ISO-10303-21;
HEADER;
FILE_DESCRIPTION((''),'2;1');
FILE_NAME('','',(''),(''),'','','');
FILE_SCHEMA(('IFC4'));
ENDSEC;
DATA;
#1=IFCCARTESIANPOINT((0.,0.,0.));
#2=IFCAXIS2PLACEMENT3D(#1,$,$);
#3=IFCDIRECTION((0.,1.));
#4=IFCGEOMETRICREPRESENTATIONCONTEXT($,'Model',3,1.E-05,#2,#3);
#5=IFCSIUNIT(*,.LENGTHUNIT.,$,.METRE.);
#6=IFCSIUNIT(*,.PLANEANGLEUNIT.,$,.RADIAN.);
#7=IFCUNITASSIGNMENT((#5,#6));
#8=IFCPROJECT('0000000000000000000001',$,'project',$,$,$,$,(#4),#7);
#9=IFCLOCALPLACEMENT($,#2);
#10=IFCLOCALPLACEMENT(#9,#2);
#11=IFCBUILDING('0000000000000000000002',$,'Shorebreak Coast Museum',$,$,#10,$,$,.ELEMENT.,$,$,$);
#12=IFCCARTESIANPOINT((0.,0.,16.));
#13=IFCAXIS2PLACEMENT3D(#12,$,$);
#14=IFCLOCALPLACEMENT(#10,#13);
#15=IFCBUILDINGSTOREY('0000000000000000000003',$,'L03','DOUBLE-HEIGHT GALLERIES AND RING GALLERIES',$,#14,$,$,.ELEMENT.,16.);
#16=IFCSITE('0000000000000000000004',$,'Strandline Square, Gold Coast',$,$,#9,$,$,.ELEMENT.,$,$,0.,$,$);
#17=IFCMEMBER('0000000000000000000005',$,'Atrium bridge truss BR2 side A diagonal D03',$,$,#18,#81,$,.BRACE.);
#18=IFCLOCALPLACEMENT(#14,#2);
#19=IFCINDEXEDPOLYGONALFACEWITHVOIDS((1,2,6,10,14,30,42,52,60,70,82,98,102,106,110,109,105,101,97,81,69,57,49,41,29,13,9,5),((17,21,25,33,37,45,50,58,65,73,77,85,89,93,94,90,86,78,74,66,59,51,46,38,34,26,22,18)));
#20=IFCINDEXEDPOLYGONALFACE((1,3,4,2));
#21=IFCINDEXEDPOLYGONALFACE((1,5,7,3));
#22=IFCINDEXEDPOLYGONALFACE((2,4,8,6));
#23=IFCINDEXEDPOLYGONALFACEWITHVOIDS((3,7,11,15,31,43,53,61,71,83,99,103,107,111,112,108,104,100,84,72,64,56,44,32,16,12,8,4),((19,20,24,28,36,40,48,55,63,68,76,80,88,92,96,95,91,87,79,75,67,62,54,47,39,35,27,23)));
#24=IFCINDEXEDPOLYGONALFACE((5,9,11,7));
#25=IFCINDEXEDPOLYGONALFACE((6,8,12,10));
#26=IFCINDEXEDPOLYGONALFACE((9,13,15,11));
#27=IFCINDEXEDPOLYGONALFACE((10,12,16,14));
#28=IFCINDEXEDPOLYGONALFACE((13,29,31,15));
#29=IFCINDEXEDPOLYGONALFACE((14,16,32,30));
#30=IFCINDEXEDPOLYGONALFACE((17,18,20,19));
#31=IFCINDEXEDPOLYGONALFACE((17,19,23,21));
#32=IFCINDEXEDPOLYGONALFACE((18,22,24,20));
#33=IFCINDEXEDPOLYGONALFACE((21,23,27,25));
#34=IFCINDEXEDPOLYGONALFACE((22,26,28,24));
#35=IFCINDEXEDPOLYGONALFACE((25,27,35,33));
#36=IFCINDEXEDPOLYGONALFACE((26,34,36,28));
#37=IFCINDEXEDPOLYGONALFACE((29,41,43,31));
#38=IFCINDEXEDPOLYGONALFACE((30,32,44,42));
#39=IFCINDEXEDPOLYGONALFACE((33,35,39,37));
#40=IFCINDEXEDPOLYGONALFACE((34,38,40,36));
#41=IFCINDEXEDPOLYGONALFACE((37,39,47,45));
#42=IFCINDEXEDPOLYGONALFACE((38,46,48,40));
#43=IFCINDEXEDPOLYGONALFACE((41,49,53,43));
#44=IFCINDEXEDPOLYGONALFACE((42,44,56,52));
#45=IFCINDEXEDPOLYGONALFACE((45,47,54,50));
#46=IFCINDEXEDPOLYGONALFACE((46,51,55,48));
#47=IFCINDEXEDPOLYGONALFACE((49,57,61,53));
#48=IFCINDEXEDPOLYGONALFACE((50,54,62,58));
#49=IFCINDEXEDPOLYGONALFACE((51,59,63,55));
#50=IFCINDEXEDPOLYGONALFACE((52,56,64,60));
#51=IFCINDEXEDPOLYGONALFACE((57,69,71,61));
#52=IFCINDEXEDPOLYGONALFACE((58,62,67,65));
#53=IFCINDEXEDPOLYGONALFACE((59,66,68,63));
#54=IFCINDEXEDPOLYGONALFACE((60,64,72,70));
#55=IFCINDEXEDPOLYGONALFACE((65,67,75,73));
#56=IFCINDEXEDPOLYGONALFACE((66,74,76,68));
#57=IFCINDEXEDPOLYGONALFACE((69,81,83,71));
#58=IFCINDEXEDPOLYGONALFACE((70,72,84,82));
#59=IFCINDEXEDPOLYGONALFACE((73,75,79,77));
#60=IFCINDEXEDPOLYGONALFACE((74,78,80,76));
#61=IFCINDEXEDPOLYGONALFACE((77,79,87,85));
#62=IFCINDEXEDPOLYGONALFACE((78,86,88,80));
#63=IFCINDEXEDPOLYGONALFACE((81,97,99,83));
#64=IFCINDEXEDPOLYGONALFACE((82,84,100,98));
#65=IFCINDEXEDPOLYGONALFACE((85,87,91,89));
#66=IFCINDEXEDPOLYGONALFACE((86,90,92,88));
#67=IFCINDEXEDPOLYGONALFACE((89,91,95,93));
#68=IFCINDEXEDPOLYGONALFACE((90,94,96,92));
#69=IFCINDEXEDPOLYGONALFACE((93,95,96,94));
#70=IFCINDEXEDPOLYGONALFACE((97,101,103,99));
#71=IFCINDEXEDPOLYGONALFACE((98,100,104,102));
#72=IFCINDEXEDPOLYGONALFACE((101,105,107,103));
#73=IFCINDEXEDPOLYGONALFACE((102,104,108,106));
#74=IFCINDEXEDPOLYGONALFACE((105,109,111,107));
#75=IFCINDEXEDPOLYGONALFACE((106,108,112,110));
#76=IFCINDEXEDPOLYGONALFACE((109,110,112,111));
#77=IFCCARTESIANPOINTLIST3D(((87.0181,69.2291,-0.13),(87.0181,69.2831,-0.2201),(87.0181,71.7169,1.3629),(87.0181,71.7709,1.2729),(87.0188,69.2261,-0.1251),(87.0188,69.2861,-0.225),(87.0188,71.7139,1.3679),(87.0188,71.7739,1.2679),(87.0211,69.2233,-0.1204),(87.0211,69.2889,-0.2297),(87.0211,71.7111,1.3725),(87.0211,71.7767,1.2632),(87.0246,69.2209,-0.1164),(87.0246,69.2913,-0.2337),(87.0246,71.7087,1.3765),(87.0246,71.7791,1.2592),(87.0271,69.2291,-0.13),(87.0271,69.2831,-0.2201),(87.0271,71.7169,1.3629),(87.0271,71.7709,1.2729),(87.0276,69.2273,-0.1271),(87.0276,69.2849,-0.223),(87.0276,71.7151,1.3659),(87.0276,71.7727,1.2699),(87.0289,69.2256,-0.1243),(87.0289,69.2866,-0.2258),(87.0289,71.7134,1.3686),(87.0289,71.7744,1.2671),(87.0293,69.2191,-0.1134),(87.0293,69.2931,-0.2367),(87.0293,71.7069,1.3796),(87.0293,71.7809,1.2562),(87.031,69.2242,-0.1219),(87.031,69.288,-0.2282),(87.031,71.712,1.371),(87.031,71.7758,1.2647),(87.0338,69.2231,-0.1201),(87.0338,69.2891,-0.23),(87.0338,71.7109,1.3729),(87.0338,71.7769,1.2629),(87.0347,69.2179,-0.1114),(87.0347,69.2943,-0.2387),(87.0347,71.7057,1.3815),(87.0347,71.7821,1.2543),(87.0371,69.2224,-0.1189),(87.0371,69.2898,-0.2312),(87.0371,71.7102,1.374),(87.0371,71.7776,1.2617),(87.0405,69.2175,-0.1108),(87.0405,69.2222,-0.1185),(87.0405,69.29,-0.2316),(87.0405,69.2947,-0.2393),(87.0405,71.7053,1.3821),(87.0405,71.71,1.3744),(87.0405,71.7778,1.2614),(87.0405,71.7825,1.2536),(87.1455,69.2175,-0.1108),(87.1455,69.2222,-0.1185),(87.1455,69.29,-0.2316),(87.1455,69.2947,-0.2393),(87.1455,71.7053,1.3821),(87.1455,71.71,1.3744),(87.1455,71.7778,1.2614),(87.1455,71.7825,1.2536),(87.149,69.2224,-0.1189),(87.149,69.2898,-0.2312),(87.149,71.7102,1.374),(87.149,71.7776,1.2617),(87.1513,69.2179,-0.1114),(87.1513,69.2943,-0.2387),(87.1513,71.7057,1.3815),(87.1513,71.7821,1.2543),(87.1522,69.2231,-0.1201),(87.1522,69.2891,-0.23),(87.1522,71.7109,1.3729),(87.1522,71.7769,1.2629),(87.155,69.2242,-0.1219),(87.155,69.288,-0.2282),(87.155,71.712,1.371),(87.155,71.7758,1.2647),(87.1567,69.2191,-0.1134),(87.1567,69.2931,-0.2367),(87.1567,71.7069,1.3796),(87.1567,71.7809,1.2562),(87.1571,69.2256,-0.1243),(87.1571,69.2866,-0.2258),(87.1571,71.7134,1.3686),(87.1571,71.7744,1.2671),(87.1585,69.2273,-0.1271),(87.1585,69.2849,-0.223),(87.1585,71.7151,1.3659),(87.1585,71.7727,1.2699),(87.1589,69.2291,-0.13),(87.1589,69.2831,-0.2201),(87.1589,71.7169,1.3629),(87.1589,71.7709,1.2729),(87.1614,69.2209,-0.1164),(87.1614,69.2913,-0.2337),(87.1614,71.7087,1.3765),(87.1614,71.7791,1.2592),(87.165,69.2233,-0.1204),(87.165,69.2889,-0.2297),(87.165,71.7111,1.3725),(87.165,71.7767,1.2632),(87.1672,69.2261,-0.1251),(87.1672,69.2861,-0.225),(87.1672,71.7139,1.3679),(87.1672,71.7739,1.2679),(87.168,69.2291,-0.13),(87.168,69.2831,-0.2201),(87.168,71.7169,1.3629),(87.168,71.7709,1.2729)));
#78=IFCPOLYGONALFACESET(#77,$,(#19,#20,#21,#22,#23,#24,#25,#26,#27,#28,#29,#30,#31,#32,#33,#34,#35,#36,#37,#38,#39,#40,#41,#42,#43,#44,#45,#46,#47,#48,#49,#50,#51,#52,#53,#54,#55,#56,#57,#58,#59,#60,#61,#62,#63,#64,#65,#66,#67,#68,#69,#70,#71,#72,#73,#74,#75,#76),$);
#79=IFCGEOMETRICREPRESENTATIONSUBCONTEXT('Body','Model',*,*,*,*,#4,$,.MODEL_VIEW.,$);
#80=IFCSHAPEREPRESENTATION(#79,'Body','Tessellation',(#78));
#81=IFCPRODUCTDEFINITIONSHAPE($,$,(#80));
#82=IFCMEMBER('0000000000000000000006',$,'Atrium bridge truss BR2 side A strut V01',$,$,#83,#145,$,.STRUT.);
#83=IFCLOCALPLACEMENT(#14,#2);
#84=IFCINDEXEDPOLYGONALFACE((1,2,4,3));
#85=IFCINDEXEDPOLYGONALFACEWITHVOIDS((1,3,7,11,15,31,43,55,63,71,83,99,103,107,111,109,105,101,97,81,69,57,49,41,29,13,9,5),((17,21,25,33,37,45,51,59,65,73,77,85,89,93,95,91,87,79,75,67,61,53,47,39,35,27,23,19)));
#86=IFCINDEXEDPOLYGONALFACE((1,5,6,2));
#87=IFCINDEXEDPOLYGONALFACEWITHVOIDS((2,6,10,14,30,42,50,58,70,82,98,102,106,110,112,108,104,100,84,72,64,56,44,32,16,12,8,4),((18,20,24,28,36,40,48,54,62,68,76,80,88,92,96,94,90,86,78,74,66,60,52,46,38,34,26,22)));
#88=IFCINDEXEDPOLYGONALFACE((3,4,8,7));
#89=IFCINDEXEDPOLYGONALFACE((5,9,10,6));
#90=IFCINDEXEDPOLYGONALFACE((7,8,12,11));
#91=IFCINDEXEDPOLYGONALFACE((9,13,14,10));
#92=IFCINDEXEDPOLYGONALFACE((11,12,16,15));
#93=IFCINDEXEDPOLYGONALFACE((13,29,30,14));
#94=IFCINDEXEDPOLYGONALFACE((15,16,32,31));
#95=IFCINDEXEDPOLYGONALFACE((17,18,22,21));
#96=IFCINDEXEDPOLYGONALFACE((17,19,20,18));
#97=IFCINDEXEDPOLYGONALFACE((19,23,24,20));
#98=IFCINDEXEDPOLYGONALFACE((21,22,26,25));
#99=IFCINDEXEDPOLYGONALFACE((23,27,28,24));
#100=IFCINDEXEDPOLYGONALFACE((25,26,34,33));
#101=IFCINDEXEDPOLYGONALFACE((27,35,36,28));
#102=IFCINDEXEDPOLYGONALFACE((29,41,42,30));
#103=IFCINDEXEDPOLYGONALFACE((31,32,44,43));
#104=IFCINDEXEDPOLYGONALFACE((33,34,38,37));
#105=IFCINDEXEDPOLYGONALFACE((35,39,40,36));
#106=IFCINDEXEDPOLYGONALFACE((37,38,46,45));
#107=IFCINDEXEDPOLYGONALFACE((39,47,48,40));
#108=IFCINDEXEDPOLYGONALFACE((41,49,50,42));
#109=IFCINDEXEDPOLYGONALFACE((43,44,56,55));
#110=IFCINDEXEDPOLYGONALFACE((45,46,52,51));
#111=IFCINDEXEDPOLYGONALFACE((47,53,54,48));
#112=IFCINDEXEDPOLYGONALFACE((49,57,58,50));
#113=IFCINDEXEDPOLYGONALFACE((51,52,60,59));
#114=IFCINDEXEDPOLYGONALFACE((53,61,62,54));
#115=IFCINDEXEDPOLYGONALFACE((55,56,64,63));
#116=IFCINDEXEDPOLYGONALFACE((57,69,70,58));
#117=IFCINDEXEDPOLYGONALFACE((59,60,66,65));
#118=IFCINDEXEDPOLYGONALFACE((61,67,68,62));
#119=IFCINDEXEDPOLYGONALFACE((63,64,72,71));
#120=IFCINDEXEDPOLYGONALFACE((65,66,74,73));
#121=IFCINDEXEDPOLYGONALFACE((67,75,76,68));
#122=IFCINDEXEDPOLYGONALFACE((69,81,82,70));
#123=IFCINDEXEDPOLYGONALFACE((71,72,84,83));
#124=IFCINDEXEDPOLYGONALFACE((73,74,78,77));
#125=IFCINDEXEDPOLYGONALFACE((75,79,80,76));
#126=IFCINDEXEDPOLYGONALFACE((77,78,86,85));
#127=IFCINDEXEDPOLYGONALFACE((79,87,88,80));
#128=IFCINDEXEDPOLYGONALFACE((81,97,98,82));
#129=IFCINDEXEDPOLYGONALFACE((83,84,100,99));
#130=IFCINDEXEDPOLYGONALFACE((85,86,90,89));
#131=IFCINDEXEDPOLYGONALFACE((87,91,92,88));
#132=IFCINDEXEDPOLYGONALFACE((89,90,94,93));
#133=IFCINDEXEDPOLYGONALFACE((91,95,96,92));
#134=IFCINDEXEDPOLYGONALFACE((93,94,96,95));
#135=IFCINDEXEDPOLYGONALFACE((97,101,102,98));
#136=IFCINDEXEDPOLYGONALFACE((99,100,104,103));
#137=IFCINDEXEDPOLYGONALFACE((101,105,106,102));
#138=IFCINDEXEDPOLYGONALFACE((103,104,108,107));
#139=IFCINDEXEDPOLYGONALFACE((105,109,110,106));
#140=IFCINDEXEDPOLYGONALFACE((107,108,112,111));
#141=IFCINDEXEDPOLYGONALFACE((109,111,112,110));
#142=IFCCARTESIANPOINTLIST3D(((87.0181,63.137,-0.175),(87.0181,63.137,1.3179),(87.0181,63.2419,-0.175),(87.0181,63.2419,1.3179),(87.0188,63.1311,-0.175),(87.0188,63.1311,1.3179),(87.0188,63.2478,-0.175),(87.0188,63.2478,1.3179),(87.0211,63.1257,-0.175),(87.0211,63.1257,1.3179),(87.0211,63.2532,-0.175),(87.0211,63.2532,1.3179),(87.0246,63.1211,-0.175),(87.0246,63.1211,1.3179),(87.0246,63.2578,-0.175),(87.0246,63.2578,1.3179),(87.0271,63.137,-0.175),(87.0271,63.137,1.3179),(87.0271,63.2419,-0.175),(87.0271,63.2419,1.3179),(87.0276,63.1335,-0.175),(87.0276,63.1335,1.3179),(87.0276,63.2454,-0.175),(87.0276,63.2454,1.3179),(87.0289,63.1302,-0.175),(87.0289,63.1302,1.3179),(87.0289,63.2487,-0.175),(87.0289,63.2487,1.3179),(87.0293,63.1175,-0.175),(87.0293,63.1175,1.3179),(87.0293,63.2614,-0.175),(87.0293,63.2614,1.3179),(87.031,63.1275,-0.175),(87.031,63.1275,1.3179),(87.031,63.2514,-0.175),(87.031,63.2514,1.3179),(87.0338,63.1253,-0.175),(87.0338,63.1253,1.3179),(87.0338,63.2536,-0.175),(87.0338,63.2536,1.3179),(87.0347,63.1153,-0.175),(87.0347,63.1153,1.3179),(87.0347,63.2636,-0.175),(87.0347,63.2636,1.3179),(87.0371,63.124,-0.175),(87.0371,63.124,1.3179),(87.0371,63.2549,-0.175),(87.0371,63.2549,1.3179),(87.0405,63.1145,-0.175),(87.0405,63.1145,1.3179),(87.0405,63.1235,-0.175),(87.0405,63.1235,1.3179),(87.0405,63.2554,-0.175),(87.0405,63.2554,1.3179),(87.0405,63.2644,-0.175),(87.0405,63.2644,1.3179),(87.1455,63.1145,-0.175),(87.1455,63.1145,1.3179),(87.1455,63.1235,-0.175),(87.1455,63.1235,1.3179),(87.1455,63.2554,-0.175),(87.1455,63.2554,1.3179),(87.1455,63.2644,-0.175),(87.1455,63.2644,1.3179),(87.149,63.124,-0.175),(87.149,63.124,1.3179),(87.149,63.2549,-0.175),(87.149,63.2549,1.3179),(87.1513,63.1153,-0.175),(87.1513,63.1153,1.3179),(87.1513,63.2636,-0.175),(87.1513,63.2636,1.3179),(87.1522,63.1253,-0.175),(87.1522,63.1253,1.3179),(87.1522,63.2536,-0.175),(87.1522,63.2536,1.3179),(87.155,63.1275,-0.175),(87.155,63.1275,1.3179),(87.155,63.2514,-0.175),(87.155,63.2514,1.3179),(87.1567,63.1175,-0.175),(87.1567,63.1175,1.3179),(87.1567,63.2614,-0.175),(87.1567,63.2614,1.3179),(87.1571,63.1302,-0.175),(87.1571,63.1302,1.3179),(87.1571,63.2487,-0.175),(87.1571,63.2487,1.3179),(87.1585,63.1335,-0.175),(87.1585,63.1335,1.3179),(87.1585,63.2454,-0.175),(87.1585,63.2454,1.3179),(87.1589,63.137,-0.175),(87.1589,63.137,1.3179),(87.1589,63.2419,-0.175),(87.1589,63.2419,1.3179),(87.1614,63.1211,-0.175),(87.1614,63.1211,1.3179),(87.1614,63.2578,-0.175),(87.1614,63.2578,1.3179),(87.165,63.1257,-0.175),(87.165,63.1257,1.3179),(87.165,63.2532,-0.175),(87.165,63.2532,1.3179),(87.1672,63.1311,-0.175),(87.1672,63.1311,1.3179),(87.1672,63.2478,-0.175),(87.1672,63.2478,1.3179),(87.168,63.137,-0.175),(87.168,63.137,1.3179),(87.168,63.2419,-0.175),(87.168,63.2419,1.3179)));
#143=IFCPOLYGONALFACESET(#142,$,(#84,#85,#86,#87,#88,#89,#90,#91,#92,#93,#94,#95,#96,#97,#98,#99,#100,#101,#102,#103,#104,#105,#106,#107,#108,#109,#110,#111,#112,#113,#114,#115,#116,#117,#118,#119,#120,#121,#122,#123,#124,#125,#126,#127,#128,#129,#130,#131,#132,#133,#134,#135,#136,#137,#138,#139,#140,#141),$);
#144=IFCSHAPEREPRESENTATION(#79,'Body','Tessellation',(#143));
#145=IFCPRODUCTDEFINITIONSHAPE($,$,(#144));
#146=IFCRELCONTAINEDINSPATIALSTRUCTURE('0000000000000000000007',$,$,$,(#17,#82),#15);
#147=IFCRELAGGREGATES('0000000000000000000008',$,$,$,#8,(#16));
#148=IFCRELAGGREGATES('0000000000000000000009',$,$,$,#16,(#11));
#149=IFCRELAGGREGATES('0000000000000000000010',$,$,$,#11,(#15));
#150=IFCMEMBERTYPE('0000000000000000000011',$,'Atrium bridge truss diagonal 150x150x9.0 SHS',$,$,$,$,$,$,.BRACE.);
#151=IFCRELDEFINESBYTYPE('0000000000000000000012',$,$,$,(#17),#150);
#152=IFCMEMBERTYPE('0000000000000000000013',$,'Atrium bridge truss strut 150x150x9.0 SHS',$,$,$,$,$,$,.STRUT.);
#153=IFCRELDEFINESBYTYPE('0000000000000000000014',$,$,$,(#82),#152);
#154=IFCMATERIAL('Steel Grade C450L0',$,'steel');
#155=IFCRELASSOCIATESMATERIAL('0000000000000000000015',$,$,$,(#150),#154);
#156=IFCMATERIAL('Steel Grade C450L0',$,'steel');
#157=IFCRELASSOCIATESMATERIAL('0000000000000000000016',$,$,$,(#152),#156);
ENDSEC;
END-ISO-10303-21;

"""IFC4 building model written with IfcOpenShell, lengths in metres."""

from ifc_helpers import new_model, si_unit, direction, frame, origin, origin_2d, place, context, subcontext, project, spatial, hollow_rectangle, extrude, material, material_profile, profile_set, type_object, element, save


model = new_model("IFC4")

# Units and contexts
model_context = context("Model", 3, precision=1e-05, world=origin(), true_north=direction((0.0, 1.0)))
body_context = subcontext(model_context, "Body", "Model", "MODEL_VIEW")
ifc_project = project(units=[si_unit("LENGTHUNIT", "METRE"), si_unit("PLANEANGLEUNIT", "RADIAN")], contexts=[model_context])

# Site, building, storey
site_placement = place(None, origin())
site = spatial("IfcSite", under=ifc_project, at=site_placement, Name="Strandline Square, Gold Coast", CompositionType="ELEMENT", RefElevation=0.0)
building_placement = place(site_placement, origin())
building = spatial("IfcBuilding", under=site, at=building_placement, Name="Shorebreak Coast Museum", CompositionType="ELEMENT")
storey_placement = place(building_placement, frame((0.0, 0.0, 16.0)))
storey = spatial("IfcBuildingStorey", under=building, at=storey_placement, Name="L03", Description="DOUBLE-HEIGHT GALLERIES AND RING GALLERIES", CompositionType="ELEMENT", Elevation=16.0)

# Members
ifc_material_1 = material(Name="Steel Grade C450L0", Category="steel")
ifc_material_profile_1 = material_profile(ifc_material_1, hollow_rectangle(XDim=0.1499, YDim=0.1499, WallThickness=0.009, InnerFilletRadius=0.0134, OuterFilletRadius=0.0225, at=origin_2d()), Name="150x150x9.0 SHS")
ifc_profile_set_1 = profile_set([ifc_material_profile_1], Name="Steel Grade C450L0")
member_type_1 = type_object("IfcMemberType", Name="Atrium bridge truss diagonal 150x150x9.0 SHS", PredefinedType="BRACE", material=ifc_profile_set_1)
for number, where, z_axis, x_axis, name in (
    (1, (87.093, 69.2561, -0.175), (0.0, 0.857456, 0.514558), (-1.0, 0.0, 0.0), "Atrium bridge truss BR2 side A diagonal D03"),
):
    element("IfcMember", number, at=place(storey_placement, frame(where, z_axis=z_axis, x_axis=x_axis)), inside=storey, type_object=member_type_1, Name=name, PredefinedType="BRACE", context=body_context, shape_type="SweptSolid", body=[
        extrude(hollow_rectangle(XDim=0.1499, YDim=0.1499, WallThickness=0.009, InnerFilletRadius=0.0134, OuterFilletRadius=0.0225, at=origin_2d()), origin(), (0.0, 0.0, 1.0), 2.9014),
    ])
ifc_material_2 = material(Name="Steel Grade C450L0", Category="steel")
ifc_material_profile_2 = material_profile(ifc_material_2, hollow_rectangle(XDim=0.1499, YDim=0.1499, WallThickness=0.009, InnerFilletRadius=0.0134, OuterFilletRadius=0.0225, at=origin_2d()), Name="150x150x9.0 SHS")
ifc_profile_set_2 = profile_set([ifc_material_profile_2], Name="Steel Grade C450L0")
member_type_2 = type_object("IfcMemberType", Name="Atrium bridge truss strut 150x150x9.0 SHS", PredefinedType="STRUT", material=ifc_profile_set_2)
for number, where, z_axis, x_axis, name in (
    (2, (87.093, 63.1895, -0.175), (0.0, 0.0, 1.0), (1.0, 0.0, 0.0), "Atrium bridge truss BR2 side A strut V01"),
):
    element("IfcMember", number, at=place(storey_placement, frame(where, z_axis=z_axis, x_axis=x_axis)), inside=storey, type_object=member_type_2, Name=name, PredefinedType="STRUT", context=body_context, shape_type="SweptSolid", body=[
        extrude(hollow_rectangle(XDim=0.1499, YDim=0.1499, WallThickness=0.009, InnerFilletRadius=0.0134, OuterFilletRadius=0.0225, at=origin_2d()), origin(), (0.0, 0.0, 1.0), 1.4929),
    ])

save(model, "model.ifc")
